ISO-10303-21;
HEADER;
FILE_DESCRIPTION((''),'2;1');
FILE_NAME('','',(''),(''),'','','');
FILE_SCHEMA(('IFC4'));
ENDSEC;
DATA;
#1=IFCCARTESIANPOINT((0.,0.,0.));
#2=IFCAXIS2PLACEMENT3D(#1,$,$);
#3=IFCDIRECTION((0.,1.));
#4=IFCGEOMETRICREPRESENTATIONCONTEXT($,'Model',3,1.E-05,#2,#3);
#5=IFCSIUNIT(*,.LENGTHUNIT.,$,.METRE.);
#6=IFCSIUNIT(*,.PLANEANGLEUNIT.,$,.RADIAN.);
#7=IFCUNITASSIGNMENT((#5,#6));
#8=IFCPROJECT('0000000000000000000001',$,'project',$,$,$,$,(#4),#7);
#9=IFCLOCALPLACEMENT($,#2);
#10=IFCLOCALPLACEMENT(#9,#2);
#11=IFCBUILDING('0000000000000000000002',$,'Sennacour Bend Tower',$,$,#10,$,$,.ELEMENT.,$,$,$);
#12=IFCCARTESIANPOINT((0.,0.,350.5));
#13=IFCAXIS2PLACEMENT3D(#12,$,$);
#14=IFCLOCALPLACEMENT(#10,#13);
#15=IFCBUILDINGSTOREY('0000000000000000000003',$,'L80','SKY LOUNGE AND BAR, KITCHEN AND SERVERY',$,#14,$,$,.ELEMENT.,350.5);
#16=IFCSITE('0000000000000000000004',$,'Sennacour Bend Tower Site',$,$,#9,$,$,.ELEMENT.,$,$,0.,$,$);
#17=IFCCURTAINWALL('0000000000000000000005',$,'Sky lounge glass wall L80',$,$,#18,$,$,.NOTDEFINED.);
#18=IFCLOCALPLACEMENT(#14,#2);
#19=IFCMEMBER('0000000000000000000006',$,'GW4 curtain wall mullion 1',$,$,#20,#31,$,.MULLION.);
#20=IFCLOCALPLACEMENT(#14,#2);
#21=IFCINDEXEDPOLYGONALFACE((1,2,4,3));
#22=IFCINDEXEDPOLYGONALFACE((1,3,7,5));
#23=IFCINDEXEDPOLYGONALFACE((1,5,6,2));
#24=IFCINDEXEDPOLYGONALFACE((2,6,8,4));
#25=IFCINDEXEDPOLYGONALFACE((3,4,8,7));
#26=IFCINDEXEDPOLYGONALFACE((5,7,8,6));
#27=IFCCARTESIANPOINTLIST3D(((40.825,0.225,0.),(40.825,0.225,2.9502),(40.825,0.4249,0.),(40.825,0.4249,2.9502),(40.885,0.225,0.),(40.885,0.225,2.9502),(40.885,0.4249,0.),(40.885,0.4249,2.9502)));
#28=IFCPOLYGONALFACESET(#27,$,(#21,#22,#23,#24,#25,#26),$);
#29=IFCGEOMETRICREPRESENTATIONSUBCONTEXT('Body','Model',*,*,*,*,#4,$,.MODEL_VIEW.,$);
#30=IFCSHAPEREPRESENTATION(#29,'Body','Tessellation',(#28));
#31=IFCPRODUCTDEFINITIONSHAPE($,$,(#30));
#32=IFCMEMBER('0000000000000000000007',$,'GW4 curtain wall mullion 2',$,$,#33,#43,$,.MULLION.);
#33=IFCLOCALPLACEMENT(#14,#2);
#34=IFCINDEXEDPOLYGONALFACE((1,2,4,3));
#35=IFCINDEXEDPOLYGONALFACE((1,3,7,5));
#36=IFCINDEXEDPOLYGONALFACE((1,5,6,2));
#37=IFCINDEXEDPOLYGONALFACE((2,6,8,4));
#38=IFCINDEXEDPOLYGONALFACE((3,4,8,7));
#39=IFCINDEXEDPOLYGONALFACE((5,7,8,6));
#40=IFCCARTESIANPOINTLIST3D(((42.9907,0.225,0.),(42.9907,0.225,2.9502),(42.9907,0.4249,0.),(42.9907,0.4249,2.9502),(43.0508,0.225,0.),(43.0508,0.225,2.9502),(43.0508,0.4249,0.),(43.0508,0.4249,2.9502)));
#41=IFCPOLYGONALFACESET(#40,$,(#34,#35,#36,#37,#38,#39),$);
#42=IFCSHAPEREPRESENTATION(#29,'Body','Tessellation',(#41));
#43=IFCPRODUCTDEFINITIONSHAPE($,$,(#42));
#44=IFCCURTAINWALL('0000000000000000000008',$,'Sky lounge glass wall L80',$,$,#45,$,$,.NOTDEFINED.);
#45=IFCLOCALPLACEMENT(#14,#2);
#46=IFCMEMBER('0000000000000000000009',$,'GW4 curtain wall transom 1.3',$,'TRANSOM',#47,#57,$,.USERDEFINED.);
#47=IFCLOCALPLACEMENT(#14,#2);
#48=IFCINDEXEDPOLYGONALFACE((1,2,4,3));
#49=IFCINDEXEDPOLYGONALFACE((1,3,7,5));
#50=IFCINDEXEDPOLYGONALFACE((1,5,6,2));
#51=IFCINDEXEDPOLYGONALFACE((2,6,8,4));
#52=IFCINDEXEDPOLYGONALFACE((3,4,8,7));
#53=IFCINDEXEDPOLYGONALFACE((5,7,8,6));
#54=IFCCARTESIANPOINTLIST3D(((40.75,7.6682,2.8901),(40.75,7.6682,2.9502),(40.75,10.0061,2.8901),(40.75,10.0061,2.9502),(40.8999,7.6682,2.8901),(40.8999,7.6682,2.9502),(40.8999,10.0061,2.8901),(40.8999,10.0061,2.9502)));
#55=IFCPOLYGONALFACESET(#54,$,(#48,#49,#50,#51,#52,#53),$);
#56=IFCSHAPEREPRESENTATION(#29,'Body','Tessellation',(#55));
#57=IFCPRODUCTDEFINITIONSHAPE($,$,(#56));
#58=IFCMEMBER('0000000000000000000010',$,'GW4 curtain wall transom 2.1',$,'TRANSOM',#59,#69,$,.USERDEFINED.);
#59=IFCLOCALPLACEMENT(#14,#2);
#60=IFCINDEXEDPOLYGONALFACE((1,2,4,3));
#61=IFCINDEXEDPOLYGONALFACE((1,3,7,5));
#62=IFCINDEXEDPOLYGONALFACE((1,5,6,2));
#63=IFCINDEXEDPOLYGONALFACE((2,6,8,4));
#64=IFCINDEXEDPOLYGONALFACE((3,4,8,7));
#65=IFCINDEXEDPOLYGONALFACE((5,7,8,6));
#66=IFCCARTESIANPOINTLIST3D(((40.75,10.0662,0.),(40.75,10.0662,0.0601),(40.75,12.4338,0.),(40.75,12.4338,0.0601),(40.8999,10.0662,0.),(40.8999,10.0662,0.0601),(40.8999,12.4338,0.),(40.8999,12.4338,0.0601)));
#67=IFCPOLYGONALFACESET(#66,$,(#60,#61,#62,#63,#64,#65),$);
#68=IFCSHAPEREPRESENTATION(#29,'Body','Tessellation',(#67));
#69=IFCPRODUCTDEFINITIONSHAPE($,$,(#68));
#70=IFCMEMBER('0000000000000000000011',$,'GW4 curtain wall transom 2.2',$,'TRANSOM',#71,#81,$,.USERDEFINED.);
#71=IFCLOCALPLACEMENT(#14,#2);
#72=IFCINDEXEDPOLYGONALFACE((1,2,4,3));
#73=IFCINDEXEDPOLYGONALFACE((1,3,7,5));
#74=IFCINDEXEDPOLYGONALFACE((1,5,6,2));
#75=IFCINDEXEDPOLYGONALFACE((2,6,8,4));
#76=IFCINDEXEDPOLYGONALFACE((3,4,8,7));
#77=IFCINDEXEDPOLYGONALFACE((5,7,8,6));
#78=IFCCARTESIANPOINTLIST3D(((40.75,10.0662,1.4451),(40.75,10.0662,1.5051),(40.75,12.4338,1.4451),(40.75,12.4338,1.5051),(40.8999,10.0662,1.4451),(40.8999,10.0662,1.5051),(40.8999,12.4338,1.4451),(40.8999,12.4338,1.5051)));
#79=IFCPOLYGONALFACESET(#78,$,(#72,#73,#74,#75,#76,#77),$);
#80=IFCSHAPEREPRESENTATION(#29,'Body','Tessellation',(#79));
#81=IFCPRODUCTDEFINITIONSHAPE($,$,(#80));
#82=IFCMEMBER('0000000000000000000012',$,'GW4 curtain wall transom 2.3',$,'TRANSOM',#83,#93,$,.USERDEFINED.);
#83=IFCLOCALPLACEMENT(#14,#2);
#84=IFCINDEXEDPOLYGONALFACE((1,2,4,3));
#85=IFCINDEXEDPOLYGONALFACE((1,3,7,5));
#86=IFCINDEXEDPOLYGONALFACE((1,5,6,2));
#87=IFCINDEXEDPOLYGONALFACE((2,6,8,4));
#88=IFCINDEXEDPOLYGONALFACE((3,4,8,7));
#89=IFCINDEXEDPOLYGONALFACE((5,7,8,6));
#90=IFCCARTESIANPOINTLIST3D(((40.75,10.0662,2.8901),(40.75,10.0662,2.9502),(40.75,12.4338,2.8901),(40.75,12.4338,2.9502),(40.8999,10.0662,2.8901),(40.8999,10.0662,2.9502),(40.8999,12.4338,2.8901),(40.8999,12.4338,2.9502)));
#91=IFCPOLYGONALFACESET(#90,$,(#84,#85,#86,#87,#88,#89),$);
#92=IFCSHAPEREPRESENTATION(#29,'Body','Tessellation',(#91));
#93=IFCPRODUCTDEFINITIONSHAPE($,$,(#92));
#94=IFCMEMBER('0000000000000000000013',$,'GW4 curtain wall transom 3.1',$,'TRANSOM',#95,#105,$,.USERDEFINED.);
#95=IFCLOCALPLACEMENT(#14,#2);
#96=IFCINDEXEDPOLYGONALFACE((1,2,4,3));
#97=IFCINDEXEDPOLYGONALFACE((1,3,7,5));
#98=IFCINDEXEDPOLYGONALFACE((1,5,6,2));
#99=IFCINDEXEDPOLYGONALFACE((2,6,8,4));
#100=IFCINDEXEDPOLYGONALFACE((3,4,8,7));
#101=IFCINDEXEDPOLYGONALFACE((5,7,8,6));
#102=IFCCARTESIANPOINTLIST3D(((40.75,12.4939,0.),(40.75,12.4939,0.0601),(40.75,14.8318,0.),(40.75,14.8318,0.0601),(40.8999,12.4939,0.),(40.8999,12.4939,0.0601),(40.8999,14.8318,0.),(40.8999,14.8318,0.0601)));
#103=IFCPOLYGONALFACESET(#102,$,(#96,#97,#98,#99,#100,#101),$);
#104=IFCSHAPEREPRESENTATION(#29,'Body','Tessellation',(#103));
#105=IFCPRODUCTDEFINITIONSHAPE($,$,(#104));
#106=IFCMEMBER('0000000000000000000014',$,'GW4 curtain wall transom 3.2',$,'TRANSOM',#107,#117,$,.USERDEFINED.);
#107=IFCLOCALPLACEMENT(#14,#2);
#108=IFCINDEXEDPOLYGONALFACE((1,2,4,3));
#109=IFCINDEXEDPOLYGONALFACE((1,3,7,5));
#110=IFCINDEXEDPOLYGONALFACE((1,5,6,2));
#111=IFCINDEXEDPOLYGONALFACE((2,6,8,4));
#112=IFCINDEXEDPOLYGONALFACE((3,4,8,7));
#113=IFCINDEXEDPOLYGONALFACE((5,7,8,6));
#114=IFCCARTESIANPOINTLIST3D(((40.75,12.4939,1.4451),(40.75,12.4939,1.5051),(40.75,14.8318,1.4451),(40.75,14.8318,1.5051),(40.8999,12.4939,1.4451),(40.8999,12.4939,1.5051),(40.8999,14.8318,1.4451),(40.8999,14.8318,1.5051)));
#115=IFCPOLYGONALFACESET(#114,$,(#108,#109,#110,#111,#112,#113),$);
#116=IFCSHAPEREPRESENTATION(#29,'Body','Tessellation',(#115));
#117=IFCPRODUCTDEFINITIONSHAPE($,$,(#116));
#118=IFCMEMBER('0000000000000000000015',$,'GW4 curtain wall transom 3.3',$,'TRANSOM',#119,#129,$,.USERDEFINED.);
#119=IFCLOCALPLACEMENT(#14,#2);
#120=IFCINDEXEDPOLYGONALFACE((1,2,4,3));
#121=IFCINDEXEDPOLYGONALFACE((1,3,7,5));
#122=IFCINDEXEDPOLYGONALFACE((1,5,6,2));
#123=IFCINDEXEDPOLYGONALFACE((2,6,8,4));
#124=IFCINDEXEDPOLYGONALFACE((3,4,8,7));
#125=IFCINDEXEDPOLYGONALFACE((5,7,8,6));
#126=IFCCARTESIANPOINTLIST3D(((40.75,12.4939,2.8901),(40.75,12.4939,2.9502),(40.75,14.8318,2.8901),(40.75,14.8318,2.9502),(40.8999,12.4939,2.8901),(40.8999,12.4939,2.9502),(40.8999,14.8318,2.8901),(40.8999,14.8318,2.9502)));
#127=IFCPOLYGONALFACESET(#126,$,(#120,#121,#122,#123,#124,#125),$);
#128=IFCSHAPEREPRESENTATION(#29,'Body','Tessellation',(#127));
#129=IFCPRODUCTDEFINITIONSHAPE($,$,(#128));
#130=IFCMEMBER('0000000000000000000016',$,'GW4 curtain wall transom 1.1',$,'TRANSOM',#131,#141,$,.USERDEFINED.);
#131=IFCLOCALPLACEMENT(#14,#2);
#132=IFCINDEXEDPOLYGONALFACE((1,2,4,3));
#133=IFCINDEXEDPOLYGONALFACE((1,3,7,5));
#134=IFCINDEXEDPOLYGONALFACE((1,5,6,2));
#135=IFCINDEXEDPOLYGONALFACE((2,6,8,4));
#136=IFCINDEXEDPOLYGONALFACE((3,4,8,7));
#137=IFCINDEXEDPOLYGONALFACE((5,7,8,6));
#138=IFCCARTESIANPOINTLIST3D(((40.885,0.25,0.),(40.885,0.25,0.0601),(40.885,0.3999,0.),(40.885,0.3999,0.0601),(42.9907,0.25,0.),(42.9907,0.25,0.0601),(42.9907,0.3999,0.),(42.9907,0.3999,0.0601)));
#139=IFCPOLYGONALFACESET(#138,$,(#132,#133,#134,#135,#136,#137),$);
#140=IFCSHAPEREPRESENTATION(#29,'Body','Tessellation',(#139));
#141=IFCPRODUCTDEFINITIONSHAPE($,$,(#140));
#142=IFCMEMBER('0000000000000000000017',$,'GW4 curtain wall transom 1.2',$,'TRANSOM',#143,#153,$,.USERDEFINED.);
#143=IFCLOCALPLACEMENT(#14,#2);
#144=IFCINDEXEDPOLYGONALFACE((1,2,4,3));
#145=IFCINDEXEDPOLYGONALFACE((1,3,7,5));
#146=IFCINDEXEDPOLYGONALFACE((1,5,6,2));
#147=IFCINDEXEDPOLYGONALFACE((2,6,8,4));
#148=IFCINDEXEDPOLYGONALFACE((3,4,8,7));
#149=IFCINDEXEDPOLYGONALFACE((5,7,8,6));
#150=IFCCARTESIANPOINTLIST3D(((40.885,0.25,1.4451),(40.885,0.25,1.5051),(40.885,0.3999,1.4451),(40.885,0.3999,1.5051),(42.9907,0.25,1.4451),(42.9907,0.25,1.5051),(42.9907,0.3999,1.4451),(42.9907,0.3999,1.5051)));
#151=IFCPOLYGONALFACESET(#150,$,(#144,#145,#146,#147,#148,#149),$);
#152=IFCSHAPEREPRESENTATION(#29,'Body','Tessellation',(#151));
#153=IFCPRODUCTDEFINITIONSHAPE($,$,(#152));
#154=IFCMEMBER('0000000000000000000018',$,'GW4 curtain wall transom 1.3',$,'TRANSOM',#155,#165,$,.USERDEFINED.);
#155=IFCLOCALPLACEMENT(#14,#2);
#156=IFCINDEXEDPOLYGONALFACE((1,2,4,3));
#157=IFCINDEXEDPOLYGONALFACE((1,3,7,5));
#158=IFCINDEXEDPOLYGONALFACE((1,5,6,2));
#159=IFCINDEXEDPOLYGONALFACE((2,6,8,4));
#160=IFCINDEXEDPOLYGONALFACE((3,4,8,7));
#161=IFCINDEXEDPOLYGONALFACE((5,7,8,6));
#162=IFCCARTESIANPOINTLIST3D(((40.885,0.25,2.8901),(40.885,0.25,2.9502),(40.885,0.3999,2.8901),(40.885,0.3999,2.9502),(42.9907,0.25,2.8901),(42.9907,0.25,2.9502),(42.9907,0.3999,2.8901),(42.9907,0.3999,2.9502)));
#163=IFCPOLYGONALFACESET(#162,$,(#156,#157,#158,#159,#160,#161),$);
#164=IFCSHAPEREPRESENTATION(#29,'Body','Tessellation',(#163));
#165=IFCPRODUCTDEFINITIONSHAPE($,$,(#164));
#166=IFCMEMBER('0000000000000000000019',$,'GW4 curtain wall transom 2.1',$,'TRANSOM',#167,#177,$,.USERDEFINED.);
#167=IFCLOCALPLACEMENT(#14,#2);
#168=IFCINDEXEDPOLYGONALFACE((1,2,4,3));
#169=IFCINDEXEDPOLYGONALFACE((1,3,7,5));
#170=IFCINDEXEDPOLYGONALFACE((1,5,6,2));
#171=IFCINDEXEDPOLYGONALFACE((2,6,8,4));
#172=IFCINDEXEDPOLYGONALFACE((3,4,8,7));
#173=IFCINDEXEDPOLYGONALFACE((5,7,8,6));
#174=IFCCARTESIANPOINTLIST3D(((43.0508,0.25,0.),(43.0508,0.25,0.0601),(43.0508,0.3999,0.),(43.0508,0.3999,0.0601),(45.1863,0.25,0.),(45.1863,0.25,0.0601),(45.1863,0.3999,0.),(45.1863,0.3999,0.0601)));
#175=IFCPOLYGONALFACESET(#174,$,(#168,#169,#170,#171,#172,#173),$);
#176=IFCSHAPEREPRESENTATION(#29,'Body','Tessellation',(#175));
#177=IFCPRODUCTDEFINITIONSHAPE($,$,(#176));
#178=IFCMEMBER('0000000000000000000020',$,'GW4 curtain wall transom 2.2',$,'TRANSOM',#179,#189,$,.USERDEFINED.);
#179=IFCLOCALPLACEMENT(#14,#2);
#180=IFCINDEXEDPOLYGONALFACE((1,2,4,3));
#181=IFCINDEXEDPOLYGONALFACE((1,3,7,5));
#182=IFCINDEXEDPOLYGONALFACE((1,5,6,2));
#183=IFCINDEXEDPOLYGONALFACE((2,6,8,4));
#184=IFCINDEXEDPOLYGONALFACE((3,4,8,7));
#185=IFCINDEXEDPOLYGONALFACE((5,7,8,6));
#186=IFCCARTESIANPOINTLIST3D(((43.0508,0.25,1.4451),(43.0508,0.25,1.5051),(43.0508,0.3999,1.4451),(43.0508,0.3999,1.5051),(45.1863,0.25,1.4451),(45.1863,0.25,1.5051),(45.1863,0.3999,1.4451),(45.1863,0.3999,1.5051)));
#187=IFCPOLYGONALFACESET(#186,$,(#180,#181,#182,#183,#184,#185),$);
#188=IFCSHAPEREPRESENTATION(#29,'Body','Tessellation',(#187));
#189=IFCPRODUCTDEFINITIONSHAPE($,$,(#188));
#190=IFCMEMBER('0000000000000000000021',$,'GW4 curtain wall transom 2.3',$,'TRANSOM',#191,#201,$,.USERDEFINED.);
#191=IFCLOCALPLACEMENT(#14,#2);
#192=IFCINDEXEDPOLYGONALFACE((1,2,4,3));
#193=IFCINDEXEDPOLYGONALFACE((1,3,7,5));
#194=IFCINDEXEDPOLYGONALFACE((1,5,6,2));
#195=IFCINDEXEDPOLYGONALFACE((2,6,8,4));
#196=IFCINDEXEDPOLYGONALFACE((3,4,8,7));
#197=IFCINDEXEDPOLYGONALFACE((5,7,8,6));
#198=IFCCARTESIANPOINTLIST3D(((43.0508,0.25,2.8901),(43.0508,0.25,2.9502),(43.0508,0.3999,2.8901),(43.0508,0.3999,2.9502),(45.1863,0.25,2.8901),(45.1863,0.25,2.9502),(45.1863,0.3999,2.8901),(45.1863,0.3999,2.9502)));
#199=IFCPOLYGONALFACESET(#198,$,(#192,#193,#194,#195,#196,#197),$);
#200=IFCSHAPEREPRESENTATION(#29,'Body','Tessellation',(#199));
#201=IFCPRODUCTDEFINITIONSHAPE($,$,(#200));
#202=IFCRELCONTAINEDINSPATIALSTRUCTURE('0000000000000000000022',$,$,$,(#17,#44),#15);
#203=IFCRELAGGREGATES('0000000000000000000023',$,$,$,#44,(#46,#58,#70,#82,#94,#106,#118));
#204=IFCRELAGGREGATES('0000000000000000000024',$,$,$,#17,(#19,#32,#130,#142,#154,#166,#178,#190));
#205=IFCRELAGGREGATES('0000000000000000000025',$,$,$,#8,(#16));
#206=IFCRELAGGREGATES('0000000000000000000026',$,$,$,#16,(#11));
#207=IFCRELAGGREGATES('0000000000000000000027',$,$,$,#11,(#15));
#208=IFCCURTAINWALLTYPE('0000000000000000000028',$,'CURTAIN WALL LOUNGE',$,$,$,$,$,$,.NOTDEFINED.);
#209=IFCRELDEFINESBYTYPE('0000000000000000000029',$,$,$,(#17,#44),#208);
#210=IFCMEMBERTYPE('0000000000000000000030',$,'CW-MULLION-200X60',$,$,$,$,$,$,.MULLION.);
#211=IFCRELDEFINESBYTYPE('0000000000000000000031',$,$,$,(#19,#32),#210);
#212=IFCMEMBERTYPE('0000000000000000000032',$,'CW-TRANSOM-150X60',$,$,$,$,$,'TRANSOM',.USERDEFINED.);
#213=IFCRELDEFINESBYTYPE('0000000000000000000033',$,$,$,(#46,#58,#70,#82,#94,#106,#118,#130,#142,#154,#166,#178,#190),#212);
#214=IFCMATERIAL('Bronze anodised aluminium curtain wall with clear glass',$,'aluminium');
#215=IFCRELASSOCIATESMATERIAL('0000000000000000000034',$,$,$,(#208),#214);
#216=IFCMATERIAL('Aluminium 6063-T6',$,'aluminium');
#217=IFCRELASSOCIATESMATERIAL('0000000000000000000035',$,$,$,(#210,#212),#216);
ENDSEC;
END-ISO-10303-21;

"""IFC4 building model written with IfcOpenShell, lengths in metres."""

from ifc_helpers import new_model, si_unit, direction, frame, origin, origin_2d, place, context, subcontext, project, spatial, rectangle, extrude, material, material_profile, profile_set, type_object, element, aggregate, save


model = new_model("IFC4")

# Units and contexts
model_context = context("Model", 3, precision=1e-05, world=origin(), true_north=direction((0.0, 1.0)))
body_context = subcontext(model_context, "Body", "Model", "MODEL_VIEW")
ifc_project = project(units=[si_unit("LENGTHUNIT", "METRE"), si_unit("PLANEANGLEUNIT", "RADIAN")], contexts=[model_context])

# Site, building, storey
site_placement = place(None, origin())
site = spatial("IfcSite", under=ifc_project, at=site_placement, Name="Sennacour Bend Tower Site", CompositionType="ELEMENT", RefElevation=0.0)
building_placement = place(site_placement, origin())
building = spatial("IfcBuilding", under=site, at=building_placement, Name="Sennacour Bend Tower", CompositionType="ELEMENT")
storey_placement = place(building_placement, frame((0.0, 0.0, 350.5)))
storey = spatial("IfcBuildingStorey", under=building, at=storey_placement, Name="L80", Description="SKY LOUNGE AND BAR, KITCHEN AND SERVERY", CompositionType="ELEMENT", Elevation=350.5)

# Curtain walls, members
ifc_material_1 = material(Name="Bronze anodised aluminium curtain wall with clear glass", Category="aluminium")
curtain_wall_type = type_object("IfcCurtainWallType", Name="CURTAIN WALL LOUNGE", PredefinedType="NOTDEFINED", material=ifc_material_1)
curtain_wall_1_placement = place(storey_placement, origin())
curtain_wall_1 = element("IfcCurtainWall", 1, at=curtain_wall_1_placement, inside=storey, type_object=curtain_wall_type, Name="Sky lounge glass wall L80", PredefinedType="NOTDEFINED")
ifc_material_2 = material(Name="Aluminium 6063-T6", Category="aluminium")
ifc_material_profile_1 = material_profile(ifc_material_2, rectangle(XDim=0.2, YDim=0.0601, at=origin_2d()), Name="Aluminium 6063-T6", Category="aluminium")
ifc_profile_set_1 = profile_set([ifc_material_profile_1], Name="Aluminium 6063-T6")
member_type_1 = type_object("IfcMemberType", Name="CW-MULLION-200X60", PredefinedType="MULLION", material=ifc_profile_set_1)
member_1_placement = place(storey_placement, frame((40.855, 0.325, 0.0), z_axis=(0.0, 0.0, 1.0), x_axis=(0.0, 1.0, 0.0)))
member_1 = element("IfcMember", 2, at=member_1_placement, type_object=member_type_1, Name="GW4 curtain wall mullion 1", PredefinedType="MULLION", context=body_context, shape_type="SweptSolid", body=[
    extrude(rectangle(XDim=0.2, YDim=0.0601, at=origin_2d()), origin(), (0.0, 0.0, 1.0), 2.9502),
])
member_2_placement = place(storey_placement, frame((43.0208, 0.325, 0.0), z_axis=(0.0, 0.0, 1.0), x_axis=(0.0, 1.0, 0.0)))
member_2 = element("IfcMember", 3, at=member_2_placement, type_object=member_type_1, Name="GW4 curtain wall mullion 2", PredefinedType="MULLION", context=body_context, shape_type="SweptSolid", body=[
    extrude(rectangle(XDim=0.2, YDim=0.0601, at=origin_2d()), origin(), (0.0, 0.0, 1.0), 2.9502),
])
curtain_wall_2_placement = place(storey_placement, origin())
curtain_wall_2 = element("IfcCurtainWall", 4, at=curtain_wall_2_placement, inside=storey, type_object=curtain_wall_type, Name="Sky lounge glass wall L80", PredefinedType="NOTDEFINED")
ifc_material_profile_2 = material_profile(ifc_material_2, rectangle(XDim=0.1499, YDim=0.0601, at=origin_2d()), Name="Aluminium 6063-T6", Category="aluminium")
ifc_profile_set_2 = profile_set([ifc_material_profile_2], Name="Aluminium 6063-T6")
member_type_2 = type_object("IfcMemberType", Name="CW-TRANSOM-150X60", ElementType="TRANSOM", PredefinedType="USERDEFINED", material=ifc_profile_set_2)
member_3_placement = place(storey_placement, frame((40.825, 7.6682, 2.9202), z_axis=(0.0, 1.0, 0.0), x_axis=(-1.0, 0.0, 0.0)))
member_3 = element("IfcMember", 5, at=member_3_placement, type_object=member_type_2, Name="GW4 curtain wall transom 1.3", ObjectType="TRANSOM", PredefinedType="USERDEFINED", context=body_context, shape_type="SweptSolid", body=[
    extrude(rectangle(XDim=0.1499, YDim=0.0601, at=origin_2d()), origin(), (0.0, 0.0, 1.0), 2.3379),
])
member_4_placement = place(storey_placement, frame((40.825, 10.0662, 0.03), z_axis=(0.0, 1.0, 0.0), x_axis=(-1.0, 0.0, 0.0)))
member_4 = element("IfcMember", 6, at=member_4_placement, type_object=member_type_2, Name="GW4 curtain wall transom 2.1", ObjectType="TRANSOM", PredefinedType="USERDEFINED", context=body_context, shape_type="SweptSolid", body=[
    extrude(rectangle(XDim=0.1499, YDim=0.0601, at=origin_2d()), origin(), (0.0, 0.0, 1.0), 2.3677),
])
member_5_placement = place(storey_placement, frame((40.825, 10.0662, 1.4751), z_axis=(0.0, 1.0, 0.0), x_axis=(-1.0, 0.0, 0.0)))
member_5 = element("IfcMember", 7, at=member_5_placement, type_object=member_type_2, Name="GW4 curtain wall transom 2.2", ObjectType="TRANSOM", PredefinedType="USERDEFINED", context=body_context, shape_type="SweptSolid", body=[
    extrude(rectangle(XDim=0.1499, YDim=0.0601, at=origin_2d()), origin(), (0.0, 0.0, 1.0), 2.3677),
])
member_6_placement = place(storey_placement, frame((40.825, 10.0662, 2.9202), z_axis=(0.0, 1.0, 0.0), x_axis=(-1.0, 0.0, 0.0)))
member_6 = element("IfcMember", 8, at=member_6_placement, type_object=member_type_2, Name="GW4 curtain wall transom 2.3", ObjectType="TRANSOM", PredefinedType="USERDEFINED", context=body_context, shape_type="SweptSolid", body=[
    extrude(rectangle(XDim=0.1499, YDim=0.0601, at=origin_2d()), origin(), (0.0, 0.0, 1.0), 2.3677),
])
member_7_placement = place(storey_placement, frame((40.825, 12.4939, 0.03), z_axis=(0.0, 1.0, 0.0), x_axis=(-1.0, 0.0, 0.0)))
member_7 = element("IfcMember", 9, at=member_7_placement, type_object=member_type_2, Name="GW4 curtain wall transom 3.1", ObjectType="TRANSOM", PredefinedType="USERDEFINED", context=body_context, shape_type="SweptSolid", body=[
    extrude(rectangle(XDim=0.1499, YDim=0.0601, at=origin_2d()), origin(), (0.0, 0.0, 1.0), 2.3379),
])
member_8_placement = place(storey_placement, frame((40.825, 12.4939, 1.4751), z_axis=(0.0, 1.0, 0.0), x_axis=(-1.0, 0.0, 0.0)))
member_8 = element("IfcMember", 10, at=member_8_placement, type_object=member_type_2, Name="GW4 curtain wall transom 3.2", ObjectType="TRANSOM", PredefinedType="USERDEFINED", context=body_context, shape_type="SweptSolid", body=[
    extrude(rectangle(XDim=0.1499, YDim=0.0601, at=origin_2d()), origin(), (0.0, 0.0, 1.0), 2.3379),
])
member_9_placement = place(storey_placement, frame((40.825, 12.4939, 2.9202), z_axis=(0.0, 1.0, 0.0), x_axis=(-1.0, 0.0, 0.0)))
member_9 = element("IfcMember", 11, at=member_9_placement, type_object=member_type_2, Name="GW4 curtain wall transom 3.3", ObjectType="TRANSOM", PredefinedType="USERDEFINED", context=body_context, shape_type="SweptSolid", body=[
    extrude(rectangle(XDim=0.1499, YDim=0.0601, at=origin_2d()), origin(), (0.0, 0.0, 1.0), 2.3379),
])

# Members
member_10_placement = place(storey_placement, frame((40.885, 0.325, 0.03), z_axis=(1.0, 0.0, 0.0), x_axis=(0.0, 1.0, 0.0)))
member_10 = element("IfcMember", 12, at=member_10_placement, type_object=member_type_2, Name="GW4 curtain wall transom 1.1", ObjectType="TRANSOM", PredefinedType="USERDEFINED", context=body_context, shape_type="SweptSolid", body=[
    extrude(rectangle(XDim=0.1499, YDim=0.0601, at=origin_2d()), origin(), (0.0, 0.0, 1.0), 2.1057),
])
member_11_placement = place(storey_placement, frame((40.885, 0.325, 1.4751), z_axis=(1.0, 0.0, 0.0), x_axis=(0.0, 1.0, 0.0)))
member_11 = element("IfcMember", 13, at=member_11_placement, type_object=member_type_2, Name="GW4 curtain wall transom 1.2", ObjectType="TRANSOM", PredefinedType="USERDEFINED", context=body_context, shape_type="SweptSolid", body=[
    extrude(rectangle(XDim=0.1499, YDim=0.0601, at=origin_2d()), origin(), (0.0, 0.0, 1.0), 2.1057),
])
member_12_placement = place(storey_placement, frame((40.885, 0.325, 2.9202), z_axis=(1.0, 0.0, 0.0), x_axis=(0.0, 1.0, 0.0)))
member_12 = element("IfcMember", 14, at=member_12_placement, type_object=member_type_2, Name="GW4 curtain wall transom 1.3", ObjectType="TRANSOM", PredefinedType="USERDEFINED", context=body_context, shape_type="SweptSolid", body=[
    extrude(rectangle(XDim=0.1499, YDim=0.0601, at=origin_2d()), origin(), (0.0, 0.0, 1.0), 2.1057),
])
member_13_placement = place(storey_placement, frame((43.0508, 0.325, 0.03), z_axis=(1.0, 0.0, 0.0), x_axis=(0.0, 1.0, 0.0)))
member_13 = element("IfcMember", 15, at=member_13_placement, type_object=member_type_2, Name="GW4 curtain wall transom 2.1", ObjectType="TRANSOM", PredefinedType="USERDEFINED", context=body_context, shape_type="SweptSolid", body=[
    extrude(rectangle(XDim=0.1499, YDim=0.0601, at=origin_2d()), origin(), (0.0, 0.0, 1.0), 2.1355),
])
member_14_placement = place(storey_placement, frame((43.0508, 0.325, 1.4751), z_axis=(1.0, 0.0, 0.0), x_axis=(0.0, 1.0, 0.0)))
member_14 = element("IfcMember", 16, at=member_14_placement, type_object=member_type_2, Name="GW4 curtain wall transom 2.2", ObjectType="TRANSOM", PredefinedType="USERDEFINED", context=body_context, shape_type="SweptSolid", body=[
    extrude(rectangle(XDim=0.1499, YDim=0.0601, at=origin_2d()), origin(), (0.0, 0.0, 1.0), 2.1355),
])
member_15_placement = place(storey_placement, frame((43.0508, 0.325, 2.9202), z_axis=(1.0, 0.0, 0.0), x_axis=(0.0, 1.0, 0.0)))
member_15 = element("IfcMember", 17, at=member_15_placement, type_object=member_type_2, Name="GW4 curtain wall transom 2.3", ObjectType="TRANSOM", PredefinedType="USERDEFINED", context=body_context, shape_type="SweptSolid", body=[
    extrude(rectangle(XDim=0.1499, YDim=0.0601, at=origin_2d()), origin(), (0.0, 0.0, 1.0), 2.1355),
])

aggregate(curtain_wall_2, [member_3, member_4, member_5, member_6, member_7, member_8, member_9])
aggregate(curtain_wall_1, [member_1, member_2, member_10, member_11, member_12, member_13, member_14, member_15])

save(model, "model.ifc")
